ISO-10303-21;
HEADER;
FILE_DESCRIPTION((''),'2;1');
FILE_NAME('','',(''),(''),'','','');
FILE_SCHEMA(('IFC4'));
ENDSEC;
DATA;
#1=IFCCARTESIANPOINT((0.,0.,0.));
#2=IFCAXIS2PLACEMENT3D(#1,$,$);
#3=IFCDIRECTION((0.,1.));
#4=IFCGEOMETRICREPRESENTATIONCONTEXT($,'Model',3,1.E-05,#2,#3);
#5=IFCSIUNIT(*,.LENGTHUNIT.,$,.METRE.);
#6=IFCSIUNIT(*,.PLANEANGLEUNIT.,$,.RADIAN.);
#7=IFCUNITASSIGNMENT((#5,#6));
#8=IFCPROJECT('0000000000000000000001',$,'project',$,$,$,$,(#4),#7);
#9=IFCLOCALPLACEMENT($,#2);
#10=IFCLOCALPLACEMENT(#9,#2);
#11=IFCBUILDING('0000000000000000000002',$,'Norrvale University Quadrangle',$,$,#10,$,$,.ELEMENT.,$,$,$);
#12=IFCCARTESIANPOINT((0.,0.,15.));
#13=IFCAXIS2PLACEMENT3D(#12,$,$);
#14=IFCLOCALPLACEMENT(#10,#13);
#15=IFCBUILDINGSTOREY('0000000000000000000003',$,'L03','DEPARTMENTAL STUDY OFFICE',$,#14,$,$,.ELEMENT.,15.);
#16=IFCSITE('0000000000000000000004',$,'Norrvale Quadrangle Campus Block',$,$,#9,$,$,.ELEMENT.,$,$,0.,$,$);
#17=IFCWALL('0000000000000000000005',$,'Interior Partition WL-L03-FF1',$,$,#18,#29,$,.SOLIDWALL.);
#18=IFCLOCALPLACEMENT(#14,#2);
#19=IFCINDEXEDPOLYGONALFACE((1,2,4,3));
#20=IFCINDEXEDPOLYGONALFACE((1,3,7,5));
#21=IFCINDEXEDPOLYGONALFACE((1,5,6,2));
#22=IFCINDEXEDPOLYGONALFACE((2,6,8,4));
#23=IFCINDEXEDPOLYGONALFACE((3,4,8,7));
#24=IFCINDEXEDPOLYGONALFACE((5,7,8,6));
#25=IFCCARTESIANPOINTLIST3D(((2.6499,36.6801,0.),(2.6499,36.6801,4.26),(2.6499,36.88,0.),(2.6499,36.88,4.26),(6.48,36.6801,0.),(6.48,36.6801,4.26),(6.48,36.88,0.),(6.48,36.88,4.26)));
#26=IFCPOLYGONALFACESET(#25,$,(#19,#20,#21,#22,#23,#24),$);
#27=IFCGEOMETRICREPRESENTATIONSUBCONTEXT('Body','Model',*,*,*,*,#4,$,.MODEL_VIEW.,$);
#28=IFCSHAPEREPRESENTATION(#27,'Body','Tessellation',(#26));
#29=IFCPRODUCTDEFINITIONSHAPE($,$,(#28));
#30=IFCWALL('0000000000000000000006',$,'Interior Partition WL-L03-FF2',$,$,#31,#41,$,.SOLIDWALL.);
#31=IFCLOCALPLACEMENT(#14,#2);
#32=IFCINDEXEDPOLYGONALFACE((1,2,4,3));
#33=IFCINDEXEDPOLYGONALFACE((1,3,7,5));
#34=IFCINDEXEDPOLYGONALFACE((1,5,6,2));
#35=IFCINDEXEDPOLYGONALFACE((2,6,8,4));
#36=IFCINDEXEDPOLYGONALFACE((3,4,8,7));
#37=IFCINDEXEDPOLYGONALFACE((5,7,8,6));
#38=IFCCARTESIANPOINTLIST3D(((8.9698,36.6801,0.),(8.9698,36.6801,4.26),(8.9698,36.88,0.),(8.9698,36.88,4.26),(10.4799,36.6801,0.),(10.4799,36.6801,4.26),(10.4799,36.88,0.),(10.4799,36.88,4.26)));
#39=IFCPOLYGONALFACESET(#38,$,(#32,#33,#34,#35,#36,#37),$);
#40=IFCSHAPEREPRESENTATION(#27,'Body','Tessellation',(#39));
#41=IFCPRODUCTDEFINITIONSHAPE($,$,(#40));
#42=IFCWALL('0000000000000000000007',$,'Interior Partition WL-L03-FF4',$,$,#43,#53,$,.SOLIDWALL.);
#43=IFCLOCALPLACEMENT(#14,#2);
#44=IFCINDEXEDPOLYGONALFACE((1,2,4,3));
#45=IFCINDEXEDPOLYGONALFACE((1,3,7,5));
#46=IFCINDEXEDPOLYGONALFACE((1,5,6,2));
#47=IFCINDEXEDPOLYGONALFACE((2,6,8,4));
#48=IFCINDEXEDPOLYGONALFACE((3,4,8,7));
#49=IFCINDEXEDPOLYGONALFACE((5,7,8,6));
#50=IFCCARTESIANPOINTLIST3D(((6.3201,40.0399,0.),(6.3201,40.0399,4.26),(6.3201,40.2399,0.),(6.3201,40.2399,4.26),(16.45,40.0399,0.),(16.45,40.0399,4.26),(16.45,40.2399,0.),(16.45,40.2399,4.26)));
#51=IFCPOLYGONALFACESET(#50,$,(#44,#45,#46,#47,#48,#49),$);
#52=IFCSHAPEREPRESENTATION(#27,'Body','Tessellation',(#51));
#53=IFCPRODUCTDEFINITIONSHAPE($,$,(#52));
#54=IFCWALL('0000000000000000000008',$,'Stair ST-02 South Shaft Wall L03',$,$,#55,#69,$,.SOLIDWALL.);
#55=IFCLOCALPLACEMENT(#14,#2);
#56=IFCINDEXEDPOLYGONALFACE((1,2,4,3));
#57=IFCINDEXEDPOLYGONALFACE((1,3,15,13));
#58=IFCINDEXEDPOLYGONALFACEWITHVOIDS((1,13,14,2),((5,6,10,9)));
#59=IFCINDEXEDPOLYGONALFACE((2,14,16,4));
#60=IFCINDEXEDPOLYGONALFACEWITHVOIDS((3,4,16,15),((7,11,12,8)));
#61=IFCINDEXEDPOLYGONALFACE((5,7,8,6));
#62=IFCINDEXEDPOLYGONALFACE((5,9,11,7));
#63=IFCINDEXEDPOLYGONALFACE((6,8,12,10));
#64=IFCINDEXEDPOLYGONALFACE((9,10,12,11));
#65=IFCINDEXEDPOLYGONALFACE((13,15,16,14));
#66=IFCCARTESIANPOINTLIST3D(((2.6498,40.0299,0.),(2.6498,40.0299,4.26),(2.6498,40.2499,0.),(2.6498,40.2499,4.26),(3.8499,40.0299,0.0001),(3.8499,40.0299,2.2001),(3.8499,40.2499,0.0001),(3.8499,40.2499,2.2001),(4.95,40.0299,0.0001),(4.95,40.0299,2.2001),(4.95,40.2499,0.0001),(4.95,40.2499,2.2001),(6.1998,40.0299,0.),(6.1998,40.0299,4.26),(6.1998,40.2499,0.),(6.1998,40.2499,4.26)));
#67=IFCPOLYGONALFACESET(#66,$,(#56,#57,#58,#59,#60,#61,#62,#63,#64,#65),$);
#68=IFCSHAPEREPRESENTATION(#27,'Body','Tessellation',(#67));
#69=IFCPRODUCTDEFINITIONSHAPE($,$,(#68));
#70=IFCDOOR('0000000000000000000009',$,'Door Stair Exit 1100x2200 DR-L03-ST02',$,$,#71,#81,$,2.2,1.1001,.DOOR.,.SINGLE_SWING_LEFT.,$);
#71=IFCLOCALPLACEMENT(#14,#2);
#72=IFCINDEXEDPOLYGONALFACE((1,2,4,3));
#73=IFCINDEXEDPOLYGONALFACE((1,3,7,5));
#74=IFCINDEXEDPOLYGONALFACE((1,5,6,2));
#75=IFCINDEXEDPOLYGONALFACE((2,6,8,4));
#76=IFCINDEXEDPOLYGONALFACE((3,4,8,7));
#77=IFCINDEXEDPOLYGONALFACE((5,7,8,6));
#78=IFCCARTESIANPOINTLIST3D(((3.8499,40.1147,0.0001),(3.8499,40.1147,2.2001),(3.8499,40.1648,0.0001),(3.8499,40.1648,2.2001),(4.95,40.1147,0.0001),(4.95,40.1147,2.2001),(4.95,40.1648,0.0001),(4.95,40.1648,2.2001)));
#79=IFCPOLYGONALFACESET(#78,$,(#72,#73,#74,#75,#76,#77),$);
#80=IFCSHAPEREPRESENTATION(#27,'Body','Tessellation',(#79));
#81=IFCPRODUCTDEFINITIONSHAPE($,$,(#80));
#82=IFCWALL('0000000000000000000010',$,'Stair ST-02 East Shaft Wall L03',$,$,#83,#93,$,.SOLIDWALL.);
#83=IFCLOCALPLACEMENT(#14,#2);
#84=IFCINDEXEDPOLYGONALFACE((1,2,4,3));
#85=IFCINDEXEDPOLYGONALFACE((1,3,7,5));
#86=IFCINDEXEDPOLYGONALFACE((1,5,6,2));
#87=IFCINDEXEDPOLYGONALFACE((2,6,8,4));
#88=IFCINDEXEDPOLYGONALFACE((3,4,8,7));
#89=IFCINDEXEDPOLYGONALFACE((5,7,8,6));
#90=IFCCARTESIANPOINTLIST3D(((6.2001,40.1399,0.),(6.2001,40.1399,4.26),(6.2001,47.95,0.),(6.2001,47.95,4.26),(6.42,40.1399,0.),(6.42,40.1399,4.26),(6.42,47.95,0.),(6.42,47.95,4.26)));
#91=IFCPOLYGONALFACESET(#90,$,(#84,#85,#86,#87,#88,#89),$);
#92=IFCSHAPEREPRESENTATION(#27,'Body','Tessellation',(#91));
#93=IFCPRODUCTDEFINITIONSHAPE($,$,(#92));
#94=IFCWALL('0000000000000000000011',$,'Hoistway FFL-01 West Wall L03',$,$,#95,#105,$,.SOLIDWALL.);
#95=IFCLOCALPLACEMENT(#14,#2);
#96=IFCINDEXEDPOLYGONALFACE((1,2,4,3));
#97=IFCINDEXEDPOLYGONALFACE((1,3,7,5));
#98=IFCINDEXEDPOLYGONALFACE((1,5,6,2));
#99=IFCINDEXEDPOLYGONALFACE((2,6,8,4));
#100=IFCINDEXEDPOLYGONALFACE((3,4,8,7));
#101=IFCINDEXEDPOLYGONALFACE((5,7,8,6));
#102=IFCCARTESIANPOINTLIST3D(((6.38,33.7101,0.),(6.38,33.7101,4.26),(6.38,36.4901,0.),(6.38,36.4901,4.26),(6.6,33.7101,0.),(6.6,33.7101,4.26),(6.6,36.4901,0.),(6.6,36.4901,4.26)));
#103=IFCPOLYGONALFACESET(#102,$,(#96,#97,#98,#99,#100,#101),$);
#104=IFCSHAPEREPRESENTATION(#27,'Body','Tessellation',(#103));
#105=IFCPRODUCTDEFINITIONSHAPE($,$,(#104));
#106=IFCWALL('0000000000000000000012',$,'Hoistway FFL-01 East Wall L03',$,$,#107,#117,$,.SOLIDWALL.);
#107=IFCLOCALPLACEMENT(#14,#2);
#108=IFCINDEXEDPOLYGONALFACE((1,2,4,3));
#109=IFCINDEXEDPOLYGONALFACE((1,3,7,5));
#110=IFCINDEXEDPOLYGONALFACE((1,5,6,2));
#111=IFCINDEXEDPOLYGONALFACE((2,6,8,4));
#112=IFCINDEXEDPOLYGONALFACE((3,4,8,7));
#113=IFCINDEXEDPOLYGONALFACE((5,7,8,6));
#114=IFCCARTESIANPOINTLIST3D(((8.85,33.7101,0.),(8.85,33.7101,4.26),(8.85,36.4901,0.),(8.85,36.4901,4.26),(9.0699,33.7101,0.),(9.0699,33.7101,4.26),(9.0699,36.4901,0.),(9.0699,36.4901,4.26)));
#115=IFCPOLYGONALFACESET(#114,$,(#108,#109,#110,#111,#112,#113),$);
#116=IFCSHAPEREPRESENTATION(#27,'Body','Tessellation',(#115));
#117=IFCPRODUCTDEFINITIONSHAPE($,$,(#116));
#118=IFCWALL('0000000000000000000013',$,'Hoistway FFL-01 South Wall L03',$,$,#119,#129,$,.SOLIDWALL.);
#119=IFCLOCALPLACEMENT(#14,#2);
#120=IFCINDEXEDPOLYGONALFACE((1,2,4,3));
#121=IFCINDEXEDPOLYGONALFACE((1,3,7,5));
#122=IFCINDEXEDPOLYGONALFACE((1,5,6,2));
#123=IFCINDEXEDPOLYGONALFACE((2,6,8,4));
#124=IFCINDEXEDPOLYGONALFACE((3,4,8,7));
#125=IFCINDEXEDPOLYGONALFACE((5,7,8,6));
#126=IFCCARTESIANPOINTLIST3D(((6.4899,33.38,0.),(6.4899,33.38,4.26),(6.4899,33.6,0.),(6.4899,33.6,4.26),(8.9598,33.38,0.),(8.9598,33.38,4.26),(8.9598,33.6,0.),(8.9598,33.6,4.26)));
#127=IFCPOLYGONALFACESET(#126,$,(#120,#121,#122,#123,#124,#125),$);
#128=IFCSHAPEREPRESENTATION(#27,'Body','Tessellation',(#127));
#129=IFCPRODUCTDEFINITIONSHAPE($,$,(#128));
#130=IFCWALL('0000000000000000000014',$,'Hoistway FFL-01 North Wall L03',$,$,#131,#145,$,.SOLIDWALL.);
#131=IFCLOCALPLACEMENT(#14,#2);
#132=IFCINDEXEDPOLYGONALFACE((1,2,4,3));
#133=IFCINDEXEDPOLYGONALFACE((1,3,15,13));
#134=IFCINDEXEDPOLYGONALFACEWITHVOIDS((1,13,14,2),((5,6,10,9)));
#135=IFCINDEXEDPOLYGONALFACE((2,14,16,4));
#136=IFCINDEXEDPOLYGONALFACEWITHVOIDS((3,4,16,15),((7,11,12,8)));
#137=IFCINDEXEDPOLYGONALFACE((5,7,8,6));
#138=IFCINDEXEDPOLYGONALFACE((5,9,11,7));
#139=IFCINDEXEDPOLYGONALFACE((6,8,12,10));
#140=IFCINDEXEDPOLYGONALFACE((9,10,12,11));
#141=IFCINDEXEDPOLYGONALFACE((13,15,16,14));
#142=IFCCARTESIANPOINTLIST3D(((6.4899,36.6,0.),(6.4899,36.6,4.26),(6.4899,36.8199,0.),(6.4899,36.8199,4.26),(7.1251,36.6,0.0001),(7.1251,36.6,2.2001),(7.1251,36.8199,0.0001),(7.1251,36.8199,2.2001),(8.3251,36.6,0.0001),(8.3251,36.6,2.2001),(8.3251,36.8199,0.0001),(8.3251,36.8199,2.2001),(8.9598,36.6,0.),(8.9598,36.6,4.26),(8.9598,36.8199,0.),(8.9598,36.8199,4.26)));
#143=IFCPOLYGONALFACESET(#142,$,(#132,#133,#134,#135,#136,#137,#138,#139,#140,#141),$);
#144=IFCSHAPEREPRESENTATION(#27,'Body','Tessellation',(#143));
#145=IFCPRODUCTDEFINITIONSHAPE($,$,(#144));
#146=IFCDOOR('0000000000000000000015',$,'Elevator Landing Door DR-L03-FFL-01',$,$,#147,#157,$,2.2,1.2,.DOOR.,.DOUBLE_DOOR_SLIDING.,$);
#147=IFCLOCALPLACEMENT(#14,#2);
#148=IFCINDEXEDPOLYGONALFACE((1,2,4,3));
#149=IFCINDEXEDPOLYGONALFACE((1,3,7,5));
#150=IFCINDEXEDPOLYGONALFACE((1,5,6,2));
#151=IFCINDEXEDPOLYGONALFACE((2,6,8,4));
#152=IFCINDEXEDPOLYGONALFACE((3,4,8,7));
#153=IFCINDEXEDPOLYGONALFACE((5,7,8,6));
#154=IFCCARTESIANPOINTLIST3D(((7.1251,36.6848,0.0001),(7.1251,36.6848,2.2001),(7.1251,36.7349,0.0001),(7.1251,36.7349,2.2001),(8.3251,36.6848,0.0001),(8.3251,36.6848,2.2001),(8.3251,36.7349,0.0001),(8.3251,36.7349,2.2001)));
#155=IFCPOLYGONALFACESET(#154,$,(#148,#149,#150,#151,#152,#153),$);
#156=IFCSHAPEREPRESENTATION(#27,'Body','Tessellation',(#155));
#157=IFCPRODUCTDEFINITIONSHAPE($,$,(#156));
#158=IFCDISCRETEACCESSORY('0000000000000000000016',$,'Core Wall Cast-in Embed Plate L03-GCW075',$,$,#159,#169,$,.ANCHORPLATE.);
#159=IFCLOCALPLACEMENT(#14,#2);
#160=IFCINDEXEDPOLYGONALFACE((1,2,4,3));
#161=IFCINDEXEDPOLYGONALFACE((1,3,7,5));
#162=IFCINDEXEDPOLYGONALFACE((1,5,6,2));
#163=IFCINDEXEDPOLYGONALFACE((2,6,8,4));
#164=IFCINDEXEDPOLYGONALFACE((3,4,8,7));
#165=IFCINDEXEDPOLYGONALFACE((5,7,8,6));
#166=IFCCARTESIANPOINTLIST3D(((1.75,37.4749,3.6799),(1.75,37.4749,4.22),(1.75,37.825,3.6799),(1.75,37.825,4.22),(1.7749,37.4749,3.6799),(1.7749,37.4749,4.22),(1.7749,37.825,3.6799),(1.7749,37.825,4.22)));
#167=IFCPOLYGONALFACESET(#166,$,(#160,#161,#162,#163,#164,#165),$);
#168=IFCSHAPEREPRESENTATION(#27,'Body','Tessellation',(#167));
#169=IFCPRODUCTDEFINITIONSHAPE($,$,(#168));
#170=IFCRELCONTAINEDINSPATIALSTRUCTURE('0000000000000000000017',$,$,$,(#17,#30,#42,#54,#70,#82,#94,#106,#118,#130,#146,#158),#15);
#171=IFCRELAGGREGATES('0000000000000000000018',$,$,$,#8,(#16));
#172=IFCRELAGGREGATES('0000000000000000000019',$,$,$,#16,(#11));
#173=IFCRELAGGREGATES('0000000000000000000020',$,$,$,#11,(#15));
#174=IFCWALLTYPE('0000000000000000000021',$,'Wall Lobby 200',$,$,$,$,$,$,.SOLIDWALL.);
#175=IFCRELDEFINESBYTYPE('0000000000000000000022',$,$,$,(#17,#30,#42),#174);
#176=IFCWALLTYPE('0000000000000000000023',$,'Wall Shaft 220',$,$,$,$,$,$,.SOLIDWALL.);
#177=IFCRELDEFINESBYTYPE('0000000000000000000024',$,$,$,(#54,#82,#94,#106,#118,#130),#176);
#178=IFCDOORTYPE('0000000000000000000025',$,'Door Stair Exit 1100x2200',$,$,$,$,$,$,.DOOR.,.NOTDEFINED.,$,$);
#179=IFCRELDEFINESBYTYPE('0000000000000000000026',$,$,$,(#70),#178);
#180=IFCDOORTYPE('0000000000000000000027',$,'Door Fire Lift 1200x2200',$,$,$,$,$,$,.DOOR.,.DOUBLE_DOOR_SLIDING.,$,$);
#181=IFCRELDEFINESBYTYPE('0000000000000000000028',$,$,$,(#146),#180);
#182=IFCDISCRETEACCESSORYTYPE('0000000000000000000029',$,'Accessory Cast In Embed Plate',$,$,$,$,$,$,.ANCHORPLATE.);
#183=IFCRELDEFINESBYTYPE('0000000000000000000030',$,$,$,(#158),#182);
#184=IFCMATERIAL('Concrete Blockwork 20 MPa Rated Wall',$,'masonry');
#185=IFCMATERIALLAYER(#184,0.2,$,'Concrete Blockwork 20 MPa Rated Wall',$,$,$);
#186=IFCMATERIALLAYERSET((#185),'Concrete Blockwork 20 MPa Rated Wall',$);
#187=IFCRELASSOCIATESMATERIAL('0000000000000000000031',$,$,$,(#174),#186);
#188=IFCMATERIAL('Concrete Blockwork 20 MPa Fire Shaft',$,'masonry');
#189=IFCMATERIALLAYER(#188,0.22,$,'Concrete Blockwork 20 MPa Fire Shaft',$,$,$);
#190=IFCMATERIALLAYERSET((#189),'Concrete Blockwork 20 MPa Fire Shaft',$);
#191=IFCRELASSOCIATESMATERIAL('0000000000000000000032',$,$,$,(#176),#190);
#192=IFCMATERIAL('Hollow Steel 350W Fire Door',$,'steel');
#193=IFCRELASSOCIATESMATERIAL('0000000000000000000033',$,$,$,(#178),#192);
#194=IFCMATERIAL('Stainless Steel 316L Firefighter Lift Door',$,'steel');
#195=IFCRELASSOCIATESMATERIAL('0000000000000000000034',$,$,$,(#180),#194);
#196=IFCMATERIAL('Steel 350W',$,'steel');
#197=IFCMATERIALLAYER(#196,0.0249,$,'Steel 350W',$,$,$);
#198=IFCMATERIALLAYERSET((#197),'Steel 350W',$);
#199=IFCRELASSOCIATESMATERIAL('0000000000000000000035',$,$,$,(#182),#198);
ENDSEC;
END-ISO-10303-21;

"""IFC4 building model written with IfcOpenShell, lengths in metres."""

from ifc_helpers import new_model, si_unit, direction, frame, frame_2d, origin, origin_2d, place, context, subcontext, project, spatial, rectangle, extrude, material, layer, layer_set, type_object, element, fill, save


model = new_model("IFC4")

# Units and contexts
model_context = context("Model", 3, precision=1e-05, world=origin(), true_north=direction((0.0, 1.0)))
body_context = subcontext(model_context, "Body", "Model", "MODEL_VIEW")
ifc_project = project(units=[si_unit("LENGTHUNIT", "METRE"), si_unit("PLANEANGLEUNIT", "RADIAN")], contexts=[model_context])

# Site, building, storey
site_placement = place(None, origin())
site = spatial("IfcSite", under=ifc_project, at=site_placement, Name="Norrvale Quadrangle Campus Block", CompositionType="ELEMENT", RefElevation=0.0)
building_placement = place(site_placement, origin())
building = spatial("IfcBuilding", under=site, at=building_placement, Name="Norrvale University Quadrangle", CompositionType="ELEMENT")
storey_placement = place(building_placement, frame((0.0, 0.0, 15.0)))
storey = spatial("IfcBuildingStorey", under=building, at=storey_placement, Name="L03", Description="DEPARTMENTAL STUDY OFFICE", CompositionType="ELEMENT", Elevation=15.0)

# Shared definitions
ifc_material_1 = material(Name="Steel 350W", Category="steel")

# Walls
ifc_material_2 = material(Name="Concrete Blockwork 20 MPa Rated Wall", Category="masonry")
ifc_layer_1 = layer(ifc_material_2, 0.2, Name="Concrete Blockwork 20 MPa Rated Wall")
ifc_layer_set_1 = layer_set([ifc_layer_1], Name="Concrete Blockwork 20 MPa Rated Wall")
wall_type_1 = type_object("IfcWallType", Name="Wall Lobby 200", PredefinedType="SOLIDWALL", material=ifc_layer_set_1)
wall_1_placement = place(storey_placement, frame((2.6499, 36.78, 0.0), z_axis=(0.0, 0.0, 1.0), x_axis=(1.0, 0.0, 0.0)))
element("IfcWall", 1, at=wall_1_placement, inside=storey, type_object=wall_type_1, Name="Interior Partition WL-L03-FF1", PredefinedType="SOLIDWALL", context=body_context, shape_type="SweptSolid", body=[
    extrude(rectangle(XDim=3.8301, YDim=0.2, at=frame_2d((1.915, 0.0))), origin(), (0.0, 0.0, 1.0), 4.26),
])
wall_2_placement = place(storey_placement, frame((8.97, 36.78, 0.0), z_axis=(0.0, 0.0, 1.0), x_axis=(1.0, 0.0, 0.0)))
element("IfcWall", 2, at=wall_2_placement, inside=storey, type_object=wall_type_1, Name="Interior Partition WL-L03-FF2", PredefinedType="SOLIDWALL", context=body_context, shape_type="SweptSolid", body=[
    extrude(rectangle(XDim=1.51, YDim=0.2, at=frame_2d((0.7549, 0.0))), origin(), (0.0, 0.0, 1.0), 4.26),
])
wall_3_placement = place(storey_placement, frame((6.3201, 40.1399, 0.0), z_axis=(0.0, 0.0, 1.0), x_axis=(1.0, 0.0, 0.0)))
element("IfcWall", 3, at=wall_3_placement, inside=storey, type_object=wall_type_1, Name="Interior Partition WL-L03-FF4", PredefinedType="SOLIDWALL", context=body_context, shape_type="SweptSolid", body=[
    extrude(rectangle(XDim=10.1299, YDim=0.2, at=frame_2d((5.0649, 0.0))), origin(), (0.0, 0.0, 1.0), 4.26),
])

# Wall, opening, door
ifc_material_3 = material(Name="Concrete Blockwork 20 MPa Fire Shaft", Category="masonry")
ifc_layer_2 = layer(ifc_material_3, 0.22, Name="Concrete Blockwork 20 MPa Fire Shaft")
ifc_layer_set_2 = layer_set([ifc_layer_2], Name="Concrete Blockwork 20 MPa Fire Shaft")
wall_type_2 = type_object("IfcWallType", Name="Wall Shaft 220", PredefinedType="SOLIDWALL", material=ifc_layer_set_2)
wall_4_placement = place(storey_placement, frame((2.6499, 40.1399, 0.0), z_axis=(0.0, 0.0, 1.0), x_axis=(1.0, 0.0, 0.0)))
wall_4 = element("IfcWall", 4, at=wall_4_placement, inside=storey, type_object=wall_type_2, Name="Stair ST-02 South Shaft Wall L03", PredefinedType="SOLIDWALL", context=body_context, shape_type="SweptSolid", body=[
    extrude(rectangle(XDim=3.55, YDim=0.22, at=frame_2d((1.7749, 0.0))), origin(), (0.0, 0.0, 1.0), 4.26),
])
opening_1_placement = place(wall_4_placement, frame((1.2, 0.0, 0.0)))
opening_1 = element("IfcOpeningElement", 5, at=opening_1_placement, cuts=wall_4, PredefinedType="OPENING", context=body_context, shape_type="SweptSolid", body=[
    extrude(rectangle(XDim=1.1001, YDim=2.2, at=frame_2d((0.55, 1.1001))), frame((0.0, 0.1221, 0.0), z_axis=(0.0, -1.0, 0.0), x_axis=(1.0, 0.0, 0.0)), (0.0, 0.0, 1.0), 0.2439),
])
ifc_material_4 = material(Name="Hollow Steel 350W Fire Door", Category="steel")
door_type_1 = type_object("IfcDoorType", Name="Door Stair Exit 1100x2200", OperationType="NOTDEFINED", PredefinedType="DOOR", material=ifc_material_4)
door_1_placement = place(opening_1_placement, origin())
door_1 = element("IfcDoor", 6, at=door_1_placement, inside=storey, type_object=door_type_1, Name="Door Stair Exit 1100x2200 DR-L03-ST02", OperationType="SINGLE_SWING_LEFT", OverallHeight=2.2, OverallWidth=1.1001, PredefinedType="DOOR", context=body_context, shape_type="SweptSolid", body=[
    extrude(rectangle(XDim=1.1001, YDim=2.2, at=frame_2d((0.55, 1.1001))), frame((0.0, 0.0249, 0.0), z_axis=(0.0, -1.0, 0.0), x_axis=(1.0, 0.0, 0.0)), (0.0, 0.0, 1.0), 0.05),
])
fill(opening_1, door_1)

# Walls
wall_5_placement = place(storey_placement, frame((6.3101, 40.1399, 0.0), z_axis=(0.0, 0.0, 1.0), x_axis=(0.0, 1.0, 0.0)))
element("IfcWall", 7, at=wall_5_placement, inside=storey, type_object=wall_type_2, Name="Stair ST-02 East Shaft Wall L03", PredefinedType="SOLIDWALL", context=body_context, shape_type="SweptSolid", body=[
    extrude(rectangle(XDim=7.8101, YDim=0.22, at=frame_2d((3.905, 0.0))), origin(), (0.0, 0.0, 1.0), 4.26),
])
for number, where, z_axis, x_axis, name in (
    (8, (6.49, 33.71, 0.0), (0.0, 0.0, 1.0), (0.0, 1.0, 0.0), "Hoistway FFL-01 West Wall L03"),
    (9, (8.96, 33.71, 0.0), (0.0, 0.0, 1.0), (0.0, 1.0, 0.0), "Hoistway FFL-01 East Wall L03"),
):
    element("IfcWall", number, at=place(storey_placement, frame(where, z_axis=z_axis, x_axis=x_axis)), inside=storey, type_object=wall_type_2, Name=name, PredefinedType="SOLIDWALL", context=body_context, shape_type="SweptSolid", body=[
        extrude(rectangle(XDim=2.78, YDim=0.22, at=frame_2d((1.3901, 0.0))), origin(), (0.0, 0.0, 1.0), 4.26),
    ])
wall_6_placement = place(storey_placement, frame((6.49, 33.49, 0.0), z_axis=(0.0, 0.0, 1.0), x_axis=(1.0, 0.0, 0.0)))
element("IfcWall", 10, at=wall_6_placement, inside=storey, type_object=wall_type_2, Name="Hoistway FFL-01 South Wall L03", PredefinedType="SOLIDWALL", context=body_context, shape_type="SweptSolid", body=[
    extrude(rectangle(XDim=2.47, YDim=0.22, at=frame_2d((1.2349, 0.0))), origin(), (0.0, 0.0, 1.0), 4.26),
])

# Wall, opening, door
wall_7_placement = place(storey_placement, frame((6.49, 36.71, 0.0), z_axis=(0.0, 0.0, 1.0), x_axis=(1.0, 0.0, 0.0)))
wall_7 = element("IfcWall", 11, at=wall_7_placement, inside=storey, type_object=wall_type_2, Name="Hoistway FFL-01 North Wall L03", PredefinedType="SOLIDWALL", context=body_context, shape_type="SweptSolid", body=[
    extrude(rectangle(XDim=2.47, YDim=0.22, at=frame_2d((1.2349, 0.0))), origin(), (0.0, 0.0, 1.0), 4.26),
])
opening_2_placement = place(wall_7_placement, frame((0.635, 0.0, 0.0)))
opening_2 = element("IfcOpeningElement", 12, at=opening_2_placement, cuts=wall_7, PredefinedType="OPENING", context=body_context, shape_type="SweptSolid", body=[
    extrude(rectangle(XDim=1.2, YDim=2.2, at=frame_2d((0.6001, 1.1001))), frame((0.0, 0.1221, 0.0), z_axis=(0.0, -1.0, 0.0), x_axis=(1.0, 0.0, 0.0)), (0.0, 0.0, 1.0), 0.2439),
])
ifc_material_5 = material(Name="Stainless Steel 316L Firefighter Lift Door", Category="steel")
door_type_2 = type_object("IfcDoorType", Name="Door Fire Lift 1200x2200", OperationType="DOUBLE_DOOR_SLIDING", PredefinedType="DOOR", material=ifc_material_5)
door_2_placement = place(opening_2_placement, origin())
door_2 = element("IfcDoor", 13, at=door_2_placement, inside=storey, type_object=door_type_2, Name="Elevator Landing Door DR-L03-FFL-01", OperationType="DOUBLE_DOOR_SLIDING", OverallHeight=2.2, OverallWidth=1.2, PredefinedType="DOOR", context=body_context, shape_type="SweptSolid", body=[
    extrude(rectangle(XDim=1.2, YDim=2.2, at=frame_2d((0.6001, 1.1001))), frame((0.0, 0.0249, 0.0), z_axis=(0.0, -1.0, 0.0), x_axis=(1.0, 0.0, 0.0)), (0.0, 0.0, 1.0), 0.05),
])
fill(opening_2, door_2)

# Discrete accessory
ifc_layer_3 = layer(ifc_material_1, 0.0249, Name="Steel 350W")
ifc_layer_set_3 = layer_set([ifc_layer_3], Name="Steel 350W")
discrete_accessory_type = type_object("IfcDiscreteAccessoryType", Name="Accessory Cast In Embed Plate", PredefinedType="ANCHORPLATE", material=ifc_layer_set_3)
discrete_accessory_placement = place(storey_placement, frame((1.7625, 37.6499, 3.6799), z_axis=(0.0, 0.0, 1.0), x_axis=(1.0, 0.0, 0.0)))
element("IfcDiscreteAccessory", 14, at=discrete_accessory_placement, inside=storey, type_object=discrete_accessory_type, Name="Core Wall Cast-in Embed Plate L03-GCW075", PredefinedType="ANCHORPLATE", context=body_context, shape_type="SweptSolid", body=[
    extrude(rectangle(XDim=0.0249, YDim=0.3501, at=origin_2d()), origin(), (0.0, 0.0, 1.0), 0.54),
])

save(model, "model.ifc")
